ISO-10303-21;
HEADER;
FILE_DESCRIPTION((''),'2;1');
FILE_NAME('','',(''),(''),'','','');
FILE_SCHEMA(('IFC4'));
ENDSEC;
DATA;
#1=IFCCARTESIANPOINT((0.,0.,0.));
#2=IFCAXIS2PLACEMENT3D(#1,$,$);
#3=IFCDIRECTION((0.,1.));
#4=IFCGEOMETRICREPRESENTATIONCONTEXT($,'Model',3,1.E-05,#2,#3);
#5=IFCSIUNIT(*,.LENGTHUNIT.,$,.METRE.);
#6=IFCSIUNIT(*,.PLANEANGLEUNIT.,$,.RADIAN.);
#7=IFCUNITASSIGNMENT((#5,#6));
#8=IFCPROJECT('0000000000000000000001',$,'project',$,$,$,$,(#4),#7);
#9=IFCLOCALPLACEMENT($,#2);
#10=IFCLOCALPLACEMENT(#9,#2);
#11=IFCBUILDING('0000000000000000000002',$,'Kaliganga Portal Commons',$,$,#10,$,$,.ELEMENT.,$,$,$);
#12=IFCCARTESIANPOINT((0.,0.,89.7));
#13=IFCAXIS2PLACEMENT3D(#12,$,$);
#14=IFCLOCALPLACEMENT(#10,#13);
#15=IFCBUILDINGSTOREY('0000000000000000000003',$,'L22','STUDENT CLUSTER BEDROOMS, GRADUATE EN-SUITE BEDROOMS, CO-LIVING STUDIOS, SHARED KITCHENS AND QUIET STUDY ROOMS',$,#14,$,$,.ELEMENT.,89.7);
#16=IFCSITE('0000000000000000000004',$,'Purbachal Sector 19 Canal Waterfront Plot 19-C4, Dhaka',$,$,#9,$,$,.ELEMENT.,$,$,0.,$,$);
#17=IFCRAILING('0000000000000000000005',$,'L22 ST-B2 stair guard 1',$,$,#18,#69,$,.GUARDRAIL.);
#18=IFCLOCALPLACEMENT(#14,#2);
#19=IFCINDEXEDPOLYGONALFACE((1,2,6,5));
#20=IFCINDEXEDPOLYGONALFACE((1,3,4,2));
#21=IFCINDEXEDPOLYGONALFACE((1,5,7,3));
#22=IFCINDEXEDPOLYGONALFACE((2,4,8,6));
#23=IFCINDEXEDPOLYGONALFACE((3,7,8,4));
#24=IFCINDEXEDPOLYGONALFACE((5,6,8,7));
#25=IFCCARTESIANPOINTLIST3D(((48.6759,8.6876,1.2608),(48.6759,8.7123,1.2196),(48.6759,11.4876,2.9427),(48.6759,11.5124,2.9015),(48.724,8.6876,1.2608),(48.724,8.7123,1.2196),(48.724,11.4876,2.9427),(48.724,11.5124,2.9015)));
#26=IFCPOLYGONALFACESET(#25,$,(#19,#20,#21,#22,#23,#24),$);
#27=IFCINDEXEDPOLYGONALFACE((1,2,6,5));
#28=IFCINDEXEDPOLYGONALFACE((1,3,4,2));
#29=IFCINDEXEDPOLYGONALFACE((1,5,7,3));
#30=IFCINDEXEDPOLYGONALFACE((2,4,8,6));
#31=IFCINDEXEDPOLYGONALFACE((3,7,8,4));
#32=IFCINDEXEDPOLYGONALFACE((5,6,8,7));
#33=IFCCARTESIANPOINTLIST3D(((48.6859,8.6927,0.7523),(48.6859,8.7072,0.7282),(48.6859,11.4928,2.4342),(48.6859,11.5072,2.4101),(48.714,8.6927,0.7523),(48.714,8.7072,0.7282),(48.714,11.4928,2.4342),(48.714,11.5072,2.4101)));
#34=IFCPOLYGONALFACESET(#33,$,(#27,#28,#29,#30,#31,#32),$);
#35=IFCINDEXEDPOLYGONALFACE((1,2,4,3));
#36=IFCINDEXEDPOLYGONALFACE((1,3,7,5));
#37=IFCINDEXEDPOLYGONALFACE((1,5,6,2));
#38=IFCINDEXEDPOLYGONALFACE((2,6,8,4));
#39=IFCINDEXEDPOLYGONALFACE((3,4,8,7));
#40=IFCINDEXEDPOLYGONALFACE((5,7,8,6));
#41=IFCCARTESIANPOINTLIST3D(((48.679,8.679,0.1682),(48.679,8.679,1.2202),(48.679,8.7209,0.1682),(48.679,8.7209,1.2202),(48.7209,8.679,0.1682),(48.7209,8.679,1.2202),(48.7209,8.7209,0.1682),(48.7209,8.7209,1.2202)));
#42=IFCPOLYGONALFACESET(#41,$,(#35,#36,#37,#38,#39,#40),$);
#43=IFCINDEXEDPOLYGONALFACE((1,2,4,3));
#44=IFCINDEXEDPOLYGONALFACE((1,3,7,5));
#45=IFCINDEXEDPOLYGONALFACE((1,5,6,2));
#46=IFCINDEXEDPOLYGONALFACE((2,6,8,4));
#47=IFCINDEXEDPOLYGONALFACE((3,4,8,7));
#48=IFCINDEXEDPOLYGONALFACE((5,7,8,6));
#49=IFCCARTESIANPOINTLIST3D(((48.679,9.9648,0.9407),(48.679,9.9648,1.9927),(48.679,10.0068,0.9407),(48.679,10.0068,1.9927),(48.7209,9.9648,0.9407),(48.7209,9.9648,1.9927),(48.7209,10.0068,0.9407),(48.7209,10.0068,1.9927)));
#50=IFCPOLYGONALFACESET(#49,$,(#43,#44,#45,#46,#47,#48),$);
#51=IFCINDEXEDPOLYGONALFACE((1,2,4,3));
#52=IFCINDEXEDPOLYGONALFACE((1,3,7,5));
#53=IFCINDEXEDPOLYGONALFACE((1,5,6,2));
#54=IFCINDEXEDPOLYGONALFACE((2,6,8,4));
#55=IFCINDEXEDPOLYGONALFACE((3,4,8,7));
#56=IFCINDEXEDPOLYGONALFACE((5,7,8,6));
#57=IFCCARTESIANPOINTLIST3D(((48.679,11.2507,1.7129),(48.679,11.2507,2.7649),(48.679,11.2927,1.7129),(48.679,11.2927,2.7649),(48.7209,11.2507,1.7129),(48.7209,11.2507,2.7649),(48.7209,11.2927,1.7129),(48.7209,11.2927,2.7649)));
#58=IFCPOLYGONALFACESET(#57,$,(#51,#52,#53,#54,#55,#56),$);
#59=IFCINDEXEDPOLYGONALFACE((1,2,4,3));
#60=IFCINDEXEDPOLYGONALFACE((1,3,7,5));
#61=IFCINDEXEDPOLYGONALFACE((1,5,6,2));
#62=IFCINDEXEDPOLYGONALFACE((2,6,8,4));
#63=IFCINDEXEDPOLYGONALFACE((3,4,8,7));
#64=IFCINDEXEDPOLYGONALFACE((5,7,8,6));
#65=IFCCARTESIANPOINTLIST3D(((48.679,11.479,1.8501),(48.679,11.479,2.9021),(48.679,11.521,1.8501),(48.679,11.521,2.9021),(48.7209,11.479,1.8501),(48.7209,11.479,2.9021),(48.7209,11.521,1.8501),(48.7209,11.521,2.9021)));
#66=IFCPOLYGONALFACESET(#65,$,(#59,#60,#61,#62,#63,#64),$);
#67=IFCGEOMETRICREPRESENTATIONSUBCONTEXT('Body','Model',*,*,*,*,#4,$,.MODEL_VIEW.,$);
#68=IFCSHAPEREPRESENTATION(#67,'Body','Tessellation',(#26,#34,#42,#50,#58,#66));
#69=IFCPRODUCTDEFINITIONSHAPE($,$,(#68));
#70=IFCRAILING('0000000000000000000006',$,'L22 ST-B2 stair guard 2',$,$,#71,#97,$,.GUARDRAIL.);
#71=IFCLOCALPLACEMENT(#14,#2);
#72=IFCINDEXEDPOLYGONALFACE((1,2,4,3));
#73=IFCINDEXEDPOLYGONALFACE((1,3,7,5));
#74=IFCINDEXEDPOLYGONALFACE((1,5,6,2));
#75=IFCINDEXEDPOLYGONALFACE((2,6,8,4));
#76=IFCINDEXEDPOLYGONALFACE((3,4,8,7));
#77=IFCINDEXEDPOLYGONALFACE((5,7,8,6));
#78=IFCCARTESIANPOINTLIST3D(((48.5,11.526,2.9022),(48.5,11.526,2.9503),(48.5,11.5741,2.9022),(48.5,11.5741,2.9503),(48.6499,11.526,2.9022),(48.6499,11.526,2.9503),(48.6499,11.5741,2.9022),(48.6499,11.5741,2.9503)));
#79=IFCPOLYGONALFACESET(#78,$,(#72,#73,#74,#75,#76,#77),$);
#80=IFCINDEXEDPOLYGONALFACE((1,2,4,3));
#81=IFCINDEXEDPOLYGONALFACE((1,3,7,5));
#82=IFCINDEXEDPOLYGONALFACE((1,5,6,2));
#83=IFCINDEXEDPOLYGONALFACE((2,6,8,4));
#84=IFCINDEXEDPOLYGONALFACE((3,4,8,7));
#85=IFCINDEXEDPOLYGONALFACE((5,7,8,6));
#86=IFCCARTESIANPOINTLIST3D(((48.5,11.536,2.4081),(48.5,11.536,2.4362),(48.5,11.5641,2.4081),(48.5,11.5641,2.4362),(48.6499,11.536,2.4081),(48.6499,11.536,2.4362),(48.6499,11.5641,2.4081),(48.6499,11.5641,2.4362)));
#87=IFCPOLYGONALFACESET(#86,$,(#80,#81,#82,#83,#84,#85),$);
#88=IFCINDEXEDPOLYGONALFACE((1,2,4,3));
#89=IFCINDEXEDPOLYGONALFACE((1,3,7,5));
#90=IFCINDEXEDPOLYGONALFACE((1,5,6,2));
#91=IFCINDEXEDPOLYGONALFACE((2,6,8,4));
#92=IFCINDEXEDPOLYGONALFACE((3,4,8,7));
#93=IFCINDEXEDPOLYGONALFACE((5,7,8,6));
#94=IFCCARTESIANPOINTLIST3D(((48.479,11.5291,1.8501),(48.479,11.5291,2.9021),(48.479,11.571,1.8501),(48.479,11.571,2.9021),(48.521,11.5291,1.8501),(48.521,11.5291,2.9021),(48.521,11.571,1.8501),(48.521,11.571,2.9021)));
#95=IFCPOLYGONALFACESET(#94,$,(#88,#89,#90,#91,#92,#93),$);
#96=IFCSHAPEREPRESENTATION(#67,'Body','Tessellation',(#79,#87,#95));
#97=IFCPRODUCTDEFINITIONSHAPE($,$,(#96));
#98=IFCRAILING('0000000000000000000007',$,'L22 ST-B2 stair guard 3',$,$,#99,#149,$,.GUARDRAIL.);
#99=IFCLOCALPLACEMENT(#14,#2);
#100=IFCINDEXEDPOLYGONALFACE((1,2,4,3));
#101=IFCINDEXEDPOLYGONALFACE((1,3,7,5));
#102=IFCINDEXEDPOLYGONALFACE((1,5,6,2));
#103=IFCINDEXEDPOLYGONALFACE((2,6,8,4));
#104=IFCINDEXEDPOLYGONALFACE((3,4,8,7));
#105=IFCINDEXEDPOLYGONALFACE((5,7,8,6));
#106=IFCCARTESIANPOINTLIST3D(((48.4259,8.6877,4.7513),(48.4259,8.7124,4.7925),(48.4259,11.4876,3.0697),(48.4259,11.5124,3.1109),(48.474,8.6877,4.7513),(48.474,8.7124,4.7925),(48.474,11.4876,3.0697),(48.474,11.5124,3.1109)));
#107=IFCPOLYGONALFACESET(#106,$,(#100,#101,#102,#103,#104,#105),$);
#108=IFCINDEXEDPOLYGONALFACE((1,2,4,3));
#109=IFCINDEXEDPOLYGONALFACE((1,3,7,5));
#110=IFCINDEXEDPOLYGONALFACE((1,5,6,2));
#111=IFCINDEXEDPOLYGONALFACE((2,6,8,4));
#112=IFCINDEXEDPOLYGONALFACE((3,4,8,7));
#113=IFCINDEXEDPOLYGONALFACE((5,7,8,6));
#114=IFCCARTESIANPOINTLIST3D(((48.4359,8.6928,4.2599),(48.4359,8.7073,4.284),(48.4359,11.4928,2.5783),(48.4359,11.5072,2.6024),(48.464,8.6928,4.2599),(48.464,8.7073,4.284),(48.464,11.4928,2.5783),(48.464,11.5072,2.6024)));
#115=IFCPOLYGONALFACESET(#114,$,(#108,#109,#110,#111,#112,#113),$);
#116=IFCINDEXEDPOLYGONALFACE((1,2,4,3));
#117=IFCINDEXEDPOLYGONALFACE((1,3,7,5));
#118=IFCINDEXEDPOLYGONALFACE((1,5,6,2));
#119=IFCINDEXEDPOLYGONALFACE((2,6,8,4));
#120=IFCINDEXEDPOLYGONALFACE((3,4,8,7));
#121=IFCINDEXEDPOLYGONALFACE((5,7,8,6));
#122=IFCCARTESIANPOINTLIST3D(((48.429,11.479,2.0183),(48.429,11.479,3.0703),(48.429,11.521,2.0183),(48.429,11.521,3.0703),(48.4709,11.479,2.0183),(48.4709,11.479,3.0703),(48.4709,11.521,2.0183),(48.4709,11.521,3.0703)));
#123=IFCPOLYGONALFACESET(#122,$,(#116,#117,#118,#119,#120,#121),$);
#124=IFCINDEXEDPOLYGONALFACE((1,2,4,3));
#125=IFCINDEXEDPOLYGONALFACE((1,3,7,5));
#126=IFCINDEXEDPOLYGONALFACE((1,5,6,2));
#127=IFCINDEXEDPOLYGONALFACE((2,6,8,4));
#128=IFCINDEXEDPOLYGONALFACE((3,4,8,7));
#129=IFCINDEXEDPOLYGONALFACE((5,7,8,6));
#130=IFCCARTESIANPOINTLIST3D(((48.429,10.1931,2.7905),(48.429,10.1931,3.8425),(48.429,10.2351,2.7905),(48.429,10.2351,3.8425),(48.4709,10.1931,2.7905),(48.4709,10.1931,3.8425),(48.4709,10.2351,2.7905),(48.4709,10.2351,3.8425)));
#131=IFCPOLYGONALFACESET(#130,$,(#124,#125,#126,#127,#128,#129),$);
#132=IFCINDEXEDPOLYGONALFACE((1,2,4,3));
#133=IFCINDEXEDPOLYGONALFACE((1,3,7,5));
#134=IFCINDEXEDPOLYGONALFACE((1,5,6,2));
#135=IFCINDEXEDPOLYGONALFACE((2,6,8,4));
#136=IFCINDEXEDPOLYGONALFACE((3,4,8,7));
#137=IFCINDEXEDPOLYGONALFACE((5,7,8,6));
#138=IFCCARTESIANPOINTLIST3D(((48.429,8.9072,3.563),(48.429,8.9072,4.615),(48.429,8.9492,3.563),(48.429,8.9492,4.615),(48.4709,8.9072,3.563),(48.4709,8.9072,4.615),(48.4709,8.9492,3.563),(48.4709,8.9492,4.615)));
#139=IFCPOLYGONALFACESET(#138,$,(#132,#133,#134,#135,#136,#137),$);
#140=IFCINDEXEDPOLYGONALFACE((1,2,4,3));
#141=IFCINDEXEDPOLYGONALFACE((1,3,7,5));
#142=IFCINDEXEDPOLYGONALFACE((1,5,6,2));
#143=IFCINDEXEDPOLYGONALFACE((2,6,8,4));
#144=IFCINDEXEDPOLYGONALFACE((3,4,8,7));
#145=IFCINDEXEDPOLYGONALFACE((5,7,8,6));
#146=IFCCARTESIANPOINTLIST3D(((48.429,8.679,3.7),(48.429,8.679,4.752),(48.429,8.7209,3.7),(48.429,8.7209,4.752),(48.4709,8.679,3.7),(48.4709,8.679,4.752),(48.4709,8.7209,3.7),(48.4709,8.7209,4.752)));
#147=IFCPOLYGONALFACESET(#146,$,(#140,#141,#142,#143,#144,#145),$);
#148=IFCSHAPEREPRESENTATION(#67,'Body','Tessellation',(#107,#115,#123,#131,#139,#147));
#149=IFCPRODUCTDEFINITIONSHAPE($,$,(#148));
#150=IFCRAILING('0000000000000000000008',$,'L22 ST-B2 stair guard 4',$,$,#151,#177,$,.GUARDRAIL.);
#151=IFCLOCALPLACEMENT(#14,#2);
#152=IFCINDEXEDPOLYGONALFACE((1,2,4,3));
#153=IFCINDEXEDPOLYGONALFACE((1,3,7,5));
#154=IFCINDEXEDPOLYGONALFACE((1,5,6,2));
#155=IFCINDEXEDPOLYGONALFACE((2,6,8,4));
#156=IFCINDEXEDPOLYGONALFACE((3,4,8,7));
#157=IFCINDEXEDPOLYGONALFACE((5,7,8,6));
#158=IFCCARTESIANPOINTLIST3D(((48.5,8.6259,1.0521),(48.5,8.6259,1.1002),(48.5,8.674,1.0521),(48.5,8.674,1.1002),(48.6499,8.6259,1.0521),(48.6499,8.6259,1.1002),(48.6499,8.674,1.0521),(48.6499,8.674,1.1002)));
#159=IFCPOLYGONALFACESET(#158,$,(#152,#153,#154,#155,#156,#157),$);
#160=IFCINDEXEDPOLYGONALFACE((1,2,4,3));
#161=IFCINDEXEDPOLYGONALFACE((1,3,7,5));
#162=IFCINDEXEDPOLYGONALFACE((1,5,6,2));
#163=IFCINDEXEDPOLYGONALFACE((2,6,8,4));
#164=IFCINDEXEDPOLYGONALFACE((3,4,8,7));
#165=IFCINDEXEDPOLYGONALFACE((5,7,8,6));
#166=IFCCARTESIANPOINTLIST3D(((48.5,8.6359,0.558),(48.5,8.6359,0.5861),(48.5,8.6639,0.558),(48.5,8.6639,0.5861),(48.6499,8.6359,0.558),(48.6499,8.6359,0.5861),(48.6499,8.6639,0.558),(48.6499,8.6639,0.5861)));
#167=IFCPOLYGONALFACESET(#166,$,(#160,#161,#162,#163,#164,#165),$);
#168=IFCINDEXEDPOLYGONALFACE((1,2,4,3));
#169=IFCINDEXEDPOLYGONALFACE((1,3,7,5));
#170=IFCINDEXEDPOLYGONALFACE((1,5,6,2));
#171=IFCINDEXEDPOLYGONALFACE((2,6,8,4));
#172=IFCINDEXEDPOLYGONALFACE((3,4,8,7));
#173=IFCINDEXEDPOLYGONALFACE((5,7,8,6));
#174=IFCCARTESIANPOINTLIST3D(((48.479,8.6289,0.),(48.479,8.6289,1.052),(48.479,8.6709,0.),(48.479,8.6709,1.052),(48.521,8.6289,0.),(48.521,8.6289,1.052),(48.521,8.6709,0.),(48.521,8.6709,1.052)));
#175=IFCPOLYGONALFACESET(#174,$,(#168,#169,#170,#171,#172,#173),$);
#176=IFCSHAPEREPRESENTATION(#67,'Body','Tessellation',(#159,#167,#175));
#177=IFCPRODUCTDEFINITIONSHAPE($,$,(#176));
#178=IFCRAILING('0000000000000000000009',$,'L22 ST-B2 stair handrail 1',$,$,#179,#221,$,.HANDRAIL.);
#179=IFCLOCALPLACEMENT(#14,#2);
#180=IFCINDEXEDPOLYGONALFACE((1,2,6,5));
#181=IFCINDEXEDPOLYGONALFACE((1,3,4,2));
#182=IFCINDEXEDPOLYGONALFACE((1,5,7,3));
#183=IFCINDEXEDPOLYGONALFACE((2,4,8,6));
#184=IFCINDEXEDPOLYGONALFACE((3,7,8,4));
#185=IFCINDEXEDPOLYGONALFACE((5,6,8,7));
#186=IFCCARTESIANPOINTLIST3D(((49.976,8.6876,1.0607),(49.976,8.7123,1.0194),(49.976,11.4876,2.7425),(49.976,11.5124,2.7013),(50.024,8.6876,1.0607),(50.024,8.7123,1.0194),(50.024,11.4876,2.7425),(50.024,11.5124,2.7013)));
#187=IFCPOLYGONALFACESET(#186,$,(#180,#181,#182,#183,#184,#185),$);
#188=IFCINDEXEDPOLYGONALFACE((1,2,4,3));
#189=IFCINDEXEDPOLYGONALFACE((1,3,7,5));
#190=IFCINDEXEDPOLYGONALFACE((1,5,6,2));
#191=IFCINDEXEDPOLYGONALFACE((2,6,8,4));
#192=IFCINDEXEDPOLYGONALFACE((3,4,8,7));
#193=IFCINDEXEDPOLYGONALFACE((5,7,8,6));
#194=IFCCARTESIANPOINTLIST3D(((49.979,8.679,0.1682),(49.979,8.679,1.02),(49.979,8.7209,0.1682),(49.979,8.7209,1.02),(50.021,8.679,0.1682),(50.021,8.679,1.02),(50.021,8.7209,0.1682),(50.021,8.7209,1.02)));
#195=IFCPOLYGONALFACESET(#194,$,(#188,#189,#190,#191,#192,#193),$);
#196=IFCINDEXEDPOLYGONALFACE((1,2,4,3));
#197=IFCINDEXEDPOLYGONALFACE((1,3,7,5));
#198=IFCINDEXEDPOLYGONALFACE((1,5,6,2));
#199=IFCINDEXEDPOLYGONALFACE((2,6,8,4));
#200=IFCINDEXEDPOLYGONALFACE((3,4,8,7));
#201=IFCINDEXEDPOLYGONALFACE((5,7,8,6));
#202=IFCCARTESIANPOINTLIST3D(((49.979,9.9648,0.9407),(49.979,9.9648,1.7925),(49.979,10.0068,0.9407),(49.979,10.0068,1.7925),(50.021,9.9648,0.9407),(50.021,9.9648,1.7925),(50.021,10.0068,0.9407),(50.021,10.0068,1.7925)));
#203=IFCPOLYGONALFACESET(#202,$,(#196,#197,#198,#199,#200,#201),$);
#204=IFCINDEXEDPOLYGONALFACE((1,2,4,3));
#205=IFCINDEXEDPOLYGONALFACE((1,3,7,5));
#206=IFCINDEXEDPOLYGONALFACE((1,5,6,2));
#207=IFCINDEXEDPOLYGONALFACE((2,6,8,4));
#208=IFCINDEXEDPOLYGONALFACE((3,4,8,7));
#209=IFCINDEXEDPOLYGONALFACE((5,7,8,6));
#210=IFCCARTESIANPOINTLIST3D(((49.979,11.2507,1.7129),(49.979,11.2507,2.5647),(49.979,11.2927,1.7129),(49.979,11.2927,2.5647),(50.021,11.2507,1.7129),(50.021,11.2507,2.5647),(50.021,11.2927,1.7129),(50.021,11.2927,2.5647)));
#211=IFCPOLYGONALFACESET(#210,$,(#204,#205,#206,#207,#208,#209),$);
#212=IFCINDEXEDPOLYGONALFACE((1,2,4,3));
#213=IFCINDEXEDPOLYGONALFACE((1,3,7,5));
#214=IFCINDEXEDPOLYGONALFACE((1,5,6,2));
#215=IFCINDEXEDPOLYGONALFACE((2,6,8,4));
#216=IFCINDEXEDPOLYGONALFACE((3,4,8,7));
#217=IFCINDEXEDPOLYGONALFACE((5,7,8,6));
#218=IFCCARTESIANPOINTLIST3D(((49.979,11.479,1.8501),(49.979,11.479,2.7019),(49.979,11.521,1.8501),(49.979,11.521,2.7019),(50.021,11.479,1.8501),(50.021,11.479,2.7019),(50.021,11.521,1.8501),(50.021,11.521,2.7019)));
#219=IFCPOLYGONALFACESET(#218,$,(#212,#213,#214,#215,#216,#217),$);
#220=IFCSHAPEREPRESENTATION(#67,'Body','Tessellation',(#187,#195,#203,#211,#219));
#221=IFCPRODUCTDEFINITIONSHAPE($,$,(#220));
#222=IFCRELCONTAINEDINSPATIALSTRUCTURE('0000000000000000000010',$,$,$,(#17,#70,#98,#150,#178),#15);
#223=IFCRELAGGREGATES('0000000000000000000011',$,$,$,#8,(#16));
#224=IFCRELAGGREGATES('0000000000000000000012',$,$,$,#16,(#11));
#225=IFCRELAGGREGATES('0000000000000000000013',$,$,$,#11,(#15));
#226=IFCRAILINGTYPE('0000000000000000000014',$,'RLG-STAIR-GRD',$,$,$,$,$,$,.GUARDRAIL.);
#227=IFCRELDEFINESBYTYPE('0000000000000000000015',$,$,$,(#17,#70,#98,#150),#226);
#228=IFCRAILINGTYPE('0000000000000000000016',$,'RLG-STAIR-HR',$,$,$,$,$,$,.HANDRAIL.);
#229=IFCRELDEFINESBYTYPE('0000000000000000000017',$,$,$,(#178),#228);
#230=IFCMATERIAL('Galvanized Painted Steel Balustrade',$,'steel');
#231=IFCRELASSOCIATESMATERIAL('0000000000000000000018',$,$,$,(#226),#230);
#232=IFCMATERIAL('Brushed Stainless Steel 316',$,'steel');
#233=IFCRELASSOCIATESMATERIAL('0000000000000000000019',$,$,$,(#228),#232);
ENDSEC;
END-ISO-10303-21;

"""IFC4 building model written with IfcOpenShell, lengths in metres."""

from ifc_helpers import new_model, si_unit, direction, frame, origin, origin_2d, place, context, subcontext, project, spatial, rectangle, extrude, material, type_object, element, save


model = new_model("IFC4")

# Units and contexts
model_context = context("Model", 3, precision=1e-05, world=origin(), true_north=direction((0.0, 1.0)))
body_context = subcontext(model_context, "Body", "Model", "MODEL_VIEW")
ifc_project = project(units=[si_unit("LENGTHUNIT", "METRE"), si_unit("PLANEANGLEUNIT", "RADIAN")], contexts=[model_context])

# Site, building, storey
site_placement = place(None, origin())
site = spatial("IfcSite", under=ifc_project, at=site_placement, Name="Purbachal Sector 19 Canal Waterfront Plot 19-C4, Dhaka", CompositionType="ELEMENT", RefElevation=0.0)
building_placement = place(site_placement, origin())
building = spatial("IfcBuilding", under=site, at=building_placement, Name="Kaliganga Portal Commons", CompositionType="ELEMENT")
storey_placement = place(building_placement, frame((0.0, 0.0, 89.7)))
storey = spatial("IfcBuildingStorey", under=building, at=storey_placement, Name="L22", Description="STUDENT CLUSTER BEDROOMS, GRADUATE EN-SUITE BEDROOMS, CO-LIVING STUDIOS, SHARED KITCHENS AND QUIET STUDY ROOMS", CompositionType="ELEMENT", Elevation=89.7)

# Railings
ifc_material_1 = material(Name="Galvanized Painted Steel Balustrade", Category="steel")
railing_type_1 = type_object("IfcRailingType", Name="RLG-STAIR-GRD", PredefinedType="GUARDRAIL", material=ifc_material_1)
railing_1_placement = place(storey_placement, frame((48.7, 8.7, 0.1682)))
element("IfcRailing", 1, at=railing_1_placement, inside=storey, type_object=railing_type_1, Name="L22 ST-B2 stair guard 1", PredefinedType="GUARDRAIL", context=body_context, shape_type="SweptSolid", body=[
    extrude(rectangle(XDim=0.0481, YDim=0.0481, at=origin_2d()), frame((0.0, 0.0, 1.072), z_axis=(0.0, 0.857242, 0.514913), x_axis=(-1.0, 0.0, 0.0)), (0.0, 0.0, 1.0), 3.2664),
    extrude(rectangle(XDim=0.0281, YDim=0.0281, at=origin_2d()), frame((0.0, 0.0, 0.572), z_axis=(0.0, 0.857242, 0.514913), x_axis=(-1.0, 0.0, 0.0)), (0.0, 0.0, 1.0), 3.2664),
    extrude(rectangle(XDim=0.042, YDim=0.042, at=origin_2d()), origin(), (0.0, 0.0, 1.0), 1.052),
    extrude(rectangle(XDim=0.042, YDim=0.042, at=origin_2d()), frame((0.0, 1.2859, 0.7725)), (0.0, 0.0, 1.0), 1.052),
    extrude(rectangle(XDim=0.042, YDim=0.042, at=origin_2d()), frame((0.0, 2.5718, 1.5447)), (0.0, 0.0, 1.0), 1.052),
    extrude(rectangle(XDim=0.042, YDim=0.042, at=origin_2d()), frame((0.0, 2.8, 1.6819)), (0.0, 0.0, 1.0), 1.052),
])
railing_2_placement = place(storey_placement, frame((48.6499, 11.55, 1.8501)))
element("IfcRailing", 2, at=railing_2_placement, inside=storey, type_object=railing_type_1, Name="L22 ST-B2 stair guard 2", PredefinedType="GUARDRAIL", context=body_context, shape_type="SweptSolid", body=[
    extrude(rectangle(XDim=0.0481, YDim=0.0481, at=origin_2d()), frame((0.0, 0.0, 1.0762), z_axis=(-1.0, 0.0, 0.0), x_axis=(0.0, -1.0, 0.0)), (0.0, 0.0, 1.0), 0.1499),
    extrude(rectangle(XDim=0.0281, YDim=0.0281, at=origin_2d()), frame((0.0, 0.0, 0.572), z_axis=(-1.0, 0.0, 0.0), x_axis=(0.0, -1.0, 0.0)), (0.0, 0.0, 1.0), 0.1499),
    extrude(rectangle(XDim=0.042, YDim=0.042, at=origin_2d()), frame((-0.1499, 0.0, 0.0)), (0.0, 0.0, 1.0), 1.052),
])
railing_3_placement = place(storey_placement, frame((48.45, 11.5, 2.0183)))
element("IfcRailing", 3, at=railing_3_placement, inside=storey, type_object=railing_type_1, Name="L22 ST-B2 stair guard 3", PredefinedType="GUARDRAIL", context=body_context, shape_type="SweptSolid", body=[
    extrude(rectangle(XDim=0.0481, YDim=0.0481, at=origin_2d()), frame((0.0, 0.0, 1.072), z_axis=(0.0, -0.857275, 0.514858), x_axis=(1.0, 0.0, 0.0)), (0.0, 0.0, 1.0), 3.2661),
    extrude(rectangle(XDim=0.0281, YDim=0.0281, at=origin_2d()), frame((0.0, 0.0, 0.572), z_axis=(0.0, -0.857275, 0.514858), x_axis=(1.0, 0.0, 0.0)), (0.0, 0.0, 1.0), 3.2661),
    extrude(rectangle(XDim=0.042, YDim=0.042, at=origin_2d()), origin(), (0.0, 0.0, 1.0), 1.052),
    extrude(rectangle(XDim=0.042, YDim=0.042, at=origin_2d()), frame((0.0, -1.2859, 0.7722)), (0.0, 0.0, 1.0), 1.052),
    extrude(rectangle(XDim=0.042, YDim=0.042, at=origin_2d()), frame((0.0, -2.5718, 1.5447)), (0.0, 0.0, 1.0), 1.052),
    extrude(rectangle(XDim=0.042, YDim=0.042, at=origin_2d()), frame((0.0, -2.8, 1.6816)), (0.0, 0.0, 1.0), 1.052),
])
railing_4_placement = place(storey_placement, frame((48.6499, 8.6499, 0.0)))
element("IfcRailing", 4, at=railing_4_placement, inside=storey, type_object=railing_type_1, Name="L22 ST-B2 stair guard 4", PredefinedType="GUARDRAIL", context=body_context, shape_type="SweptSolid", body=[
    extrude(rectangle(XDim=0.0481, YDim=0.0481, at=origin_2d()), frame((0.0, 0.0, 1.0762), z_axis=(-1.0, 0.0, 0.0), x_axis=(0.0, -1.0, 0.0)), (0.0, 0.0, 1.0), 0.1499),
    extrude(rectangle(XDim=0.0281, YDim=0.0281, at=origin_2d()), frame((0.0, 0.0, 0.572), z_axis=(-1.0, 0.0, 0.0), x_axis=(0.0, -1.0, 0.0)), (0.0, 0.0, 1.0), 0.1499),
    extrude(rectangle(XDim=0.042, YDim=0.042, at=origin_2d()), frame((-0.1499, 0.0, 0.0)), (0.0, 0.0, 1.0), 1.052),
])
ifc_material_2 = material(Name="Brushed Stainless Steel 316", Category="steel")
railing_type_2 = type_object("IfcRailingType", Name="RLG-STAIR-HR", PredefinedType="HANDRAIL", material=ifc_material_2)
railing_5_placement = place(storey_placement, frame((50.0, 8.7, 0.1682)))
element("IfcRailing", 5, at=railing_5_placement, inside=storey, type_object=railing_type_2, Name="L22 ST-B2 stair handrail 1", PredefinedType="HANDRAIL", context=body_context, shape_type="SweptSolid", body=[
    extrude(rectangle(XDim=0.0481, YDim=0.0481, at=origin_2d()), frame((0.0, 0.0, 0.8718), z_axis=(0.0, 0.857242, 0.514913), x_axis=(-1.0, 0.0, 0.0)), (0.0, 0.0, 1.0), 3.2664),
    extrude(rectangle(XDim=0.042, YDim=0.042, at=origin_2d()), origin(), (0.0, 0.0, 1.0), 0.8518),
    extrude(rectangle(XDim=0.042, YDim=0.042, at=origin_2d()), frame((0.0, 1.2859, 0.7725)), (0.0, 0.0, 1.0), 0.8518),
    extrude(rectangle(XDim=0.042, YDim=0.042, at=origin_2d()), frame((0.0, 2.5718, 1.5447)), (0.0, 0.0, 1.0), 0.8518),
    extrude(rectangle(XDim=0.042, YDim=0.042, at=origin_2d()), frame((0.0, 2.8, 1.6819)), (0.0, 0.0, 1.0), 0.8518),
])

save(model, "model.ifc")
